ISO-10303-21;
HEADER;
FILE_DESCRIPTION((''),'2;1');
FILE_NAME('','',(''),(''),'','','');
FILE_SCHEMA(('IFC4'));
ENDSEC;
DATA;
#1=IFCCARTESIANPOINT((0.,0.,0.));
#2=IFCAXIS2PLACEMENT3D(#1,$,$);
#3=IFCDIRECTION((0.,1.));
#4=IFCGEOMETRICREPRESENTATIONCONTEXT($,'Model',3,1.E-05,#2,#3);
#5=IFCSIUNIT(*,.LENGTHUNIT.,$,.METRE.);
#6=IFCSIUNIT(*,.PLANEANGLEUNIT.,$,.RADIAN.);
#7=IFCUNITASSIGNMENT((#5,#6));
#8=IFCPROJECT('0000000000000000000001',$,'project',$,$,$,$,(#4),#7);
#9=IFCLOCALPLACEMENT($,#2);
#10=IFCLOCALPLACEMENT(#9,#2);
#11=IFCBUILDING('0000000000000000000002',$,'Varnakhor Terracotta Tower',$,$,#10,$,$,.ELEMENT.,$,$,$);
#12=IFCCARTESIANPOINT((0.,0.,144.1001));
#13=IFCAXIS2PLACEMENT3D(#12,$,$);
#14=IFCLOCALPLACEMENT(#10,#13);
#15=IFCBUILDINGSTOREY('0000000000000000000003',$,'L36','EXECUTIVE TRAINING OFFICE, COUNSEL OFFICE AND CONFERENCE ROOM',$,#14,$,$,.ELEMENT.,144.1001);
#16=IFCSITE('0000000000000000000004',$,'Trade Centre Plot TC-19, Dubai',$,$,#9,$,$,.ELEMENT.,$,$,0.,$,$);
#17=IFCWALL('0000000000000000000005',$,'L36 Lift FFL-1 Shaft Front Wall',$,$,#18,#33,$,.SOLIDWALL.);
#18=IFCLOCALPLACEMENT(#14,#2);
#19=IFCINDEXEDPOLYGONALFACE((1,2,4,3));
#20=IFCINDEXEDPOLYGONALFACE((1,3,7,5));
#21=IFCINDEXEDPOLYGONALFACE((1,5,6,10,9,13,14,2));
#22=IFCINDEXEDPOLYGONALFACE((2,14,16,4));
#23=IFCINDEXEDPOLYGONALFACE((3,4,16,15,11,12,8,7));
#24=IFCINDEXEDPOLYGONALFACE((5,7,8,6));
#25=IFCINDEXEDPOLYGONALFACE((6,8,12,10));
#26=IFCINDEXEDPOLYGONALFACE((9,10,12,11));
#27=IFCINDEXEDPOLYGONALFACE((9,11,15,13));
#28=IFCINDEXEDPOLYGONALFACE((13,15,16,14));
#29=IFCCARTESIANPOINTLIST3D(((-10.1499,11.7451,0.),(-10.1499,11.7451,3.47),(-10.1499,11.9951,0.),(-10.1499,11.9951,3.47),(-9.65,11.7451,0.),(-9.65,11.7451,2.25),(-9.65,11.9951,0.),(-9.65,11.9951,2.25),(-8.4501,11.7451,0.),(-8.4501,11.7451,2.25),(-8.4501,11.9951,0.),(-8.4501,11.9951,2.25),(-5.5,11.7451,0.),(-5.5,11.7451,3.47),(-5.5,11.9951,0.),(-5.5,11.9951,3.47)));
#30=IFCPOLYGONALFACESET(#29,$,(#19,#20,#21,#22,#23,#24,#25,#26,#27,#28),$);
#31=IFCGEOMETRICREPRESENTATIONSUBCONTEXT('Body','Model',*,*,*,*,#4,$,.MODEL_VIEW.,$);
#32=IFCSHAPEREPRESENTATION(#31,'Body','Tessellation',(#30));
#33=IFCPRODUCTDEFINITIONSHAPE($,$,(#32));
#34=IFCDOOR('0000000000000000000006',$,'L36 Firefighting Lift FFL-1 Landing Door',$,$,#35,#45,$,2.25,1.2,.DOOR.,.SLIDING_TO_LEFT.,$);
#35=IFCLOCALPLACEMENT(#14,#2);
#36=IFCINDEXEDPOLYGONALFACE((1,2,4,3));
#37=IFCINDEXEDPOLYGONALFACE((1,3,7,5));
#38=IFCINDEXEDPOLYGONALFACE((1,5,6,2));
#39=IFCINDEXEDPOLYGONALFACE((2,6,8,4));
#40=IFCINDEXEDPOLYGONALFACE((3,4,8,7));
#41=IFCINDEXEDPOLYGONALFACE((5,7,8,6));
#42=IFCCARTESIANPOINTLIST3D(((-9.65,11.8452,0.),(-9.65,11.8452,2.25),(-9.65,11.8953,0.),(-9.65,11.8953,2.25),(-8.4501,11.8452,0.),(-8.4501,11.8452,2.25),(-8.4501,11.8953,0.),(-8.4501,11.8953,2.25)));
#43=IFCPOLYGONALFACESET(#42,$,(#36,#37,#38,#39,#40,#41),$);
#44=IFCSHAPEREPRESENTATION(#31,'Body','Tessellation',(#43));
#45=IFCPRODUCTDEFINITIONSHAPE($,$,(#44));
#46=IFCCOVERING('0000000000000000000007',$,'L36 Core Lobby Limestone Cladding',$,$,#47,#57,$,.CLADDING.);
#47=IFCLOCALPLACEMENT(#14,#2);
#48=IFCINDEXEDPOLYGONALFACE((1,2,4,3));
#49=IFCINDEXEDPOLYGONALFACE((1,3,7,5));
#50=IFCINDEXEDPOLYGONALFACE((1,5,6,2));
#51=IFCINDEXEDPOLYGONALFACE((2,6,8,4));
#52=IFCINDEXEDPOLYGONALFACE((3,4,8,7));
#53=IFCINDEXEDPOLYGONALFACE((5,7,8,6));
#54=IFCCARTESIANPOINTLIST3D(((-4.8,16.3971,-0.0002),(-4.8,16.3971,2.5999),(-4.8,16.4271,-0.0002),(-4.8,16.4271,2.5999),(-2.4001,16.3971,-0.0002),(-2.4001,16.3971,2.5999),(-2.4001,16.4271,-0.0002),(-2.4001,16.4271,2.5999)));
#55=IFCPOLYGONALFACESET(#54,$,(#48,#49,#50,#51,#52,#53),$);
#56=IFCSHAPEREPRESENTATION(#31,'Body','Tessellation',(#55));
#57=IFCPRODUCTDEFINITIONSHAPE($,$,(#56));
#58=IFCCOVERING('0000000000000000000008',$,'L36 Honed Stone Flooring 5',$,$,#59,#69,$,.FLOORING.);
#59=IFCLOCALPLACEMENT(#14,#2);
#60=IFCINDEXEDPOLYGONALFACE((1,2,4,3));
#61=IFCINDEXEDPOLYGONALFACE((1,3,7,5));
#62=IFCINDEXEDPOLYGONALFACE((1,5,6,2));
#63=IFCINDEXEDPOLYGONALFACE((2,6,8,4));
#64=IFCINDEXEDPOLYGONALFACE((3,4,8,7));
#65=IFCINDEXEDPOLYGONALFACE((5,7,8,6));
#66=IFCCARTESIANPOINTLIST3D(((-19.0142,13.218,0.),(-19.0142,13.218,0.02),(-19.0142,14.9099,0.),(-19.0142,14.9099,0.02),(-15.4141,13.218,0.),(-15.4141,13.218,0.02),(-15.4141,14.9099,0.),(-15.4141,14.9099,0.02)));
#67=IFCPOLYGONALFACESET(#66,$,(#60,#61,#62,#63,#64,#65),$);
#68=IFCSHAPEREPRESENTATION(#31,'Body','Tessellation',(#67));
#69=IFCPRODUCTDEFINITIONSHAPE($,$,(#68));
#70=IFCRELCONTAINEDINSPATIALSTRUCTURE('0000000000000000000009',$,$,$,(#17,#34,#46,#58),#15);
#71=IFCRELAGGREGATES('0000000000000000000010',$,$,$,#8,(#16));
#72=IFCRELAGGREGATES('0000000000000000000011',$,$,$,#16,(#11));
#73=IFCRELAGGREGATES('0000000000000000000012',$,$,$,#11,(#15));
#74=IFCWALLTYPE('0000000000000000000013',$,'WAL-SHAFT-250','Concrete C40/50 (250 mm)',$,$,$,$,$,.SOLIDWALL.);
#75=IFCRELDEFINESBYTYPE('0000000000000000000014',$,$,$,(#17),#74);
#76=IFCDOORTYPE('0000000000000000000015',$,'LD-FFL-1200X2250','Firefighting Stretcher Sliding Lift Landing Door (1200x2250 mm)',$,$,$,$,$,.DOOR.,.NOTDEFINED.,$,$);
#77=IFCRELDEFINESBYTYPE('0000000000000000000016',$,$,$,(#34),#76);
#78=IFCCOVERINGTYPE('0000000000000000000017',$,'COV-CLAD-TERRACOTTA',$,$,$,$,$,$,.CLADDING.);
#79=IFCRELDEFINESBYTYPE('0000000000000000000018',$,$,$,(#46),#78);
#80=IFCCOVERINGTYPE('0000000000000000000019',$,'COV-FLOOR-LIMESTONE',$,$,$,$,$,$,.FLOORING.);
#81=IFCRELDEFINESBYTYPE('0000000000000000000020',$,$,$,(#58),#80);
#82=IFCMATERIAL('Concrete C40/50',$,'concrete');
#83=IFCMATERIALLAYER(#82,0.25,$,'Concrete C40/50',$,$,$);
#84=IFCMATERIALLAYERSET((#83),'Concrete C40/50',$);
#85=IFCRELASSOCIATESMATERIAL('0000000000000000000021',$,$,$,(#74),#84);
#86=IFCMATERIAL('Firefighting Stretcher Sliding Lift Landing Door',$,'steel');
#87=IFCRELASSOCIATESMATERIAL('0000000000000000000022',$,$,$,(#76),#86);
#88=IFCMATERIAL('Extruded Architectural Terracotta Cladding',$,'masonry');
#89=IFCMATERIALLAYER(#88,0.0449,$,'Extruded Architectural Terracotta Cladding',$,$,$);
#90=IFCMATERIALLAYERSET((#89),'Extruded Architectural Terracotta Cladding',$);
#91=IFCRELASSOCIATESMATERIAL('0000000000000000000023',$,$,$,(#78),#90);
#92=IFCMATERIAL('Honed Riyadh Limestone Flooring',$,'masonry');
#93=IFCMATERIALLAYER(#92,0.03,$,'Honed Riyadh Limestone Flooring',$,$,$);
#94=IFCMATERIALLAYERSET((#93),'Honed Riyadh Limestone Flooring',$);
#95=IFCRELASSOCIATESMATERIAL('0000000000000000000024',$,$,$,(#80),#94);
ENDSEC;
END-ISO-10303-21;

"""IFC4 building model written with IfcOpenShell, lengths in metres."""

from ifc_helpers import new_model, si_unit, direction, frame, frame_2d, origin, origin_2d, place, context, subcontext, project, spatial, rectangle, extrude, source, transform, mapped, material, layer, layer_set, type_object, type_shapes, element, fill, save


model = new_model("IFC4")

# Units and contexts
model_context = context("Model", 3, precision=1e-05, world=origin(), true_north=direction((0.0, 1.0)))
body_context = subcontext(model_context, "Body", "Model", "MODEL_VIEW")
ifc_project = project(units=[si_unit("LENGTHUNIT", "METRE"), si_unit("PLANEANGLEUNIT", "RADIAN")], contexts=[model_context])

# Site, building, storey
site_placement = place(None, origin())
site = spatial("IfcSite", under=ifc_project, at=site_placement, Name="Trade Centre Plot TC-19, Dubai", CompositionType="ELEMENT", RefElevation=0.0)
building_placement = place(site_placement, origin())
building = spatial("IfcBuilding", under=site, at=building_placement, Name="Varnakhor Terracotta Tower", CompositionType="ELEMENT")
storey_placement = place(building_placement, frame((0.0, 0.0, 144.1001)))
storey = spatial("IfcBuildingStorey", under=building, at=storey_placement, Name="L36", Description="EXECUTIVE TRAINING OFFICE, COUNSEL OFFICE AND CONFERENCE ROOM", CompositionType="ELEMENT", Elevation=144.1001)

# Shared definitions
ifc_material_1 = material(Name="Concrete C40/50", Category="concrete")

# Wall, opening, door
ifc_layer_1 = layer(ifc_material_1, 0.25, Name="Concrete C40/50")
ifc_layer_set_1 = layer_set([ifc_layer_1], Name="Concrete C40/50")
wall_type_1 = type_object("IfcWallType", Name="WAL-SHAFT-250", Description="Concrete C40/50 (250 mm)", PredefinedType="SOLIDWALL", material=ifc_layer_set_1)
wall_1_placement = place(storey_placement, frame((-5.5, 11.8701, 0.0), z_axis=(0.0, 0.0, 1.0), x_axis=(-1.0, 0.0, 0.0)))
wall_1 = element("IfcWall", 1, at=wall_1_placement, inside=storey, type_object=wall_type_1, Name="L36 Lift FFL-1 Shaft Front Wall", PredefinedType="SOLIDWALL", context=body_context, shape_type="SweptSolid", body=[
    extrude(rectangle(XDim=4.6499, YDim=0.25, at=frame_2d((2.325, 0.0))), origin(), (0.0, 0.0, 1.0), 3.47),
])
opening_1_placement = place(wall_1_placement, frame((2.95, 0.0, 0.0)))
opening_1 = element("IfcOpeningElement", 2, at=opening_1_placement, cuts=wall_1, PredefinedType="OPENING", context=body_context, shape_type="SweptSolid", body=[
    extrude(rectangle(XDim=1.2, YDim=2.25, at=frame_2d((0.6001, 1.125))), frame((0.0, 0.135, 0.0), z_axis=(0.0, -1.0, 0.0), x_axis=(1.0, 0.0, 0.0)), (0.0, 0.0, 1.0), 0.27),
])
ifc_material_2 = material(Name="Firefighting Stretcher Sliding Lift Landing Door", Category="steel")
door_type_1 = type_object("IfcDoorType", Name="LD-FFL-1200X2250", Description="Firefighting Stretcher Sliding Lift Landing Door (1200x2250 mm)", OperationType="NOTDEFINED", PredefinedType="DOOR", material=ifc_material_2)
shared_shape_1 = source(origin(), body_context, "Body", "SweptSolid", [
    extrude(rectangle(XDim=1.2, YDim=2.25, at=frame_2d((0.6001, 1.125))), frame((0.0, 0.0249, 0.0), z_axis=(0.0, -1.0, 0.0), x_axis=(1.0, 0.0, 0.0)), (0.0, 0.0, 1.0), 0.05),
])
type_shapes(door_type_1, [shared_shape_1])
door_1_placement = place(opening_1_placement, origin())
door_1 = element("IfcDoor", 3, at=door_1_placement, inside=storey, type_object=door_type_1, Name="L36 Firefighting Lift FFL-1 Landing Door", OperationType="SLIDING_TO_LEFT", OverallHeight=2.25, OverallWidth=1.2, PredefinedType="DOOR", context=body_context, shape_type="MappedRepresentation", body=[
    mapped(shared_shape_1, transform((0.0, 0.0, 0.0), scale=1.0)),
])
fill(opening_1, door_1)

# Coverings
ifc_material_3 = material(Name="Extruded Architectural Terracotta Cladding", Category="masonry")
ifc_layer_2 = layer(ifc_material_3, 0.0449, Name="Extruded Architectural Terracotta Cladding")
ifc_layer_set_2 = layer_set([ifc_layer_2], Name="Extruded Architectural Terracotta Cladding")
covering_type_1 = type_object("IfcCoveringType", Name="COV-CLAD-TERRACOTTA", PredefinedType="CLADDING", material=ifc_layer_set_2)
shared_shape_2 = source(origin(), body_context, "Body", "SweptSolid", [
    extrude(rectangle(XDim=2.3999, YDim=0.03, at=origin_2d()), origin(), (0.0, 0.0, 1.0), 2.6001),
])
type_shapes(covering_type_1, [shared_shape_2])
covering_1_placement = place(storey_placement, frame((-3.6001, 16.4121, -0.0002), z_axis=(0.0, 0.0, 1.0), x_axis=(1.0, 0.0, 0.0)))
element("IfcCovering", 4, at=covering_1_placement, inside=storey, type_object=covering_type_1, Name="L36 Core Lobby Limestone Cladding", PredefinedType="CLADDING", context=body_context, shape_type="MappedRepresentation", body=[
    mapped(shared_shape_2, transform((0.0, 0.0, 0.0), scale=1.0)),
])
ifc_material_4 = material(Name="Honed Riyadh Limestone Flooring", Category="masonry")
ifc_layer_3 = layer(ifc_material_4, 0.03, Name="Honed Riyadh Limestone Flooring")
ifc_layer_set_3 = layer_set([ifc_layer_3], Name="Honed Riyadh Limestone Flooring")
covering_type_2 = type_object("IfcCoveringType", Name="COV-FLOOR-LIMESTONE", PredefinedType="FLOORING", material=ifc_layer_set_3)
shared_shape_3 = source(origin(), body_context, "Body", "SweptSolid", [
    extrude(rectangle(XDim=3.6001, YDim=1.6919, at=origin_2d()), origin(), (0.0, 0.0, 1.0), 0.02),
])
covering_2_placement = place(storey_placement, frame((-17.2141, 14.064, 0.0), z_axis=(0.0, 0.0, 1.0), x_axis=(1.0, 0.0, 0.0)))
element("IfcCovering", 5, at=covering_2_placement, inside=storey, type_object=covering_type_2, Name="L36 Honed Stone Flooring 5", PredefinedType="FLOORING", context=body_context, shape_type="MappedRepresentation", body=[
    mapped(shared_shape_3, transform((0.0, 0.0, 0.0), scale=1.0)),
])

save(model, "model.ifc")
